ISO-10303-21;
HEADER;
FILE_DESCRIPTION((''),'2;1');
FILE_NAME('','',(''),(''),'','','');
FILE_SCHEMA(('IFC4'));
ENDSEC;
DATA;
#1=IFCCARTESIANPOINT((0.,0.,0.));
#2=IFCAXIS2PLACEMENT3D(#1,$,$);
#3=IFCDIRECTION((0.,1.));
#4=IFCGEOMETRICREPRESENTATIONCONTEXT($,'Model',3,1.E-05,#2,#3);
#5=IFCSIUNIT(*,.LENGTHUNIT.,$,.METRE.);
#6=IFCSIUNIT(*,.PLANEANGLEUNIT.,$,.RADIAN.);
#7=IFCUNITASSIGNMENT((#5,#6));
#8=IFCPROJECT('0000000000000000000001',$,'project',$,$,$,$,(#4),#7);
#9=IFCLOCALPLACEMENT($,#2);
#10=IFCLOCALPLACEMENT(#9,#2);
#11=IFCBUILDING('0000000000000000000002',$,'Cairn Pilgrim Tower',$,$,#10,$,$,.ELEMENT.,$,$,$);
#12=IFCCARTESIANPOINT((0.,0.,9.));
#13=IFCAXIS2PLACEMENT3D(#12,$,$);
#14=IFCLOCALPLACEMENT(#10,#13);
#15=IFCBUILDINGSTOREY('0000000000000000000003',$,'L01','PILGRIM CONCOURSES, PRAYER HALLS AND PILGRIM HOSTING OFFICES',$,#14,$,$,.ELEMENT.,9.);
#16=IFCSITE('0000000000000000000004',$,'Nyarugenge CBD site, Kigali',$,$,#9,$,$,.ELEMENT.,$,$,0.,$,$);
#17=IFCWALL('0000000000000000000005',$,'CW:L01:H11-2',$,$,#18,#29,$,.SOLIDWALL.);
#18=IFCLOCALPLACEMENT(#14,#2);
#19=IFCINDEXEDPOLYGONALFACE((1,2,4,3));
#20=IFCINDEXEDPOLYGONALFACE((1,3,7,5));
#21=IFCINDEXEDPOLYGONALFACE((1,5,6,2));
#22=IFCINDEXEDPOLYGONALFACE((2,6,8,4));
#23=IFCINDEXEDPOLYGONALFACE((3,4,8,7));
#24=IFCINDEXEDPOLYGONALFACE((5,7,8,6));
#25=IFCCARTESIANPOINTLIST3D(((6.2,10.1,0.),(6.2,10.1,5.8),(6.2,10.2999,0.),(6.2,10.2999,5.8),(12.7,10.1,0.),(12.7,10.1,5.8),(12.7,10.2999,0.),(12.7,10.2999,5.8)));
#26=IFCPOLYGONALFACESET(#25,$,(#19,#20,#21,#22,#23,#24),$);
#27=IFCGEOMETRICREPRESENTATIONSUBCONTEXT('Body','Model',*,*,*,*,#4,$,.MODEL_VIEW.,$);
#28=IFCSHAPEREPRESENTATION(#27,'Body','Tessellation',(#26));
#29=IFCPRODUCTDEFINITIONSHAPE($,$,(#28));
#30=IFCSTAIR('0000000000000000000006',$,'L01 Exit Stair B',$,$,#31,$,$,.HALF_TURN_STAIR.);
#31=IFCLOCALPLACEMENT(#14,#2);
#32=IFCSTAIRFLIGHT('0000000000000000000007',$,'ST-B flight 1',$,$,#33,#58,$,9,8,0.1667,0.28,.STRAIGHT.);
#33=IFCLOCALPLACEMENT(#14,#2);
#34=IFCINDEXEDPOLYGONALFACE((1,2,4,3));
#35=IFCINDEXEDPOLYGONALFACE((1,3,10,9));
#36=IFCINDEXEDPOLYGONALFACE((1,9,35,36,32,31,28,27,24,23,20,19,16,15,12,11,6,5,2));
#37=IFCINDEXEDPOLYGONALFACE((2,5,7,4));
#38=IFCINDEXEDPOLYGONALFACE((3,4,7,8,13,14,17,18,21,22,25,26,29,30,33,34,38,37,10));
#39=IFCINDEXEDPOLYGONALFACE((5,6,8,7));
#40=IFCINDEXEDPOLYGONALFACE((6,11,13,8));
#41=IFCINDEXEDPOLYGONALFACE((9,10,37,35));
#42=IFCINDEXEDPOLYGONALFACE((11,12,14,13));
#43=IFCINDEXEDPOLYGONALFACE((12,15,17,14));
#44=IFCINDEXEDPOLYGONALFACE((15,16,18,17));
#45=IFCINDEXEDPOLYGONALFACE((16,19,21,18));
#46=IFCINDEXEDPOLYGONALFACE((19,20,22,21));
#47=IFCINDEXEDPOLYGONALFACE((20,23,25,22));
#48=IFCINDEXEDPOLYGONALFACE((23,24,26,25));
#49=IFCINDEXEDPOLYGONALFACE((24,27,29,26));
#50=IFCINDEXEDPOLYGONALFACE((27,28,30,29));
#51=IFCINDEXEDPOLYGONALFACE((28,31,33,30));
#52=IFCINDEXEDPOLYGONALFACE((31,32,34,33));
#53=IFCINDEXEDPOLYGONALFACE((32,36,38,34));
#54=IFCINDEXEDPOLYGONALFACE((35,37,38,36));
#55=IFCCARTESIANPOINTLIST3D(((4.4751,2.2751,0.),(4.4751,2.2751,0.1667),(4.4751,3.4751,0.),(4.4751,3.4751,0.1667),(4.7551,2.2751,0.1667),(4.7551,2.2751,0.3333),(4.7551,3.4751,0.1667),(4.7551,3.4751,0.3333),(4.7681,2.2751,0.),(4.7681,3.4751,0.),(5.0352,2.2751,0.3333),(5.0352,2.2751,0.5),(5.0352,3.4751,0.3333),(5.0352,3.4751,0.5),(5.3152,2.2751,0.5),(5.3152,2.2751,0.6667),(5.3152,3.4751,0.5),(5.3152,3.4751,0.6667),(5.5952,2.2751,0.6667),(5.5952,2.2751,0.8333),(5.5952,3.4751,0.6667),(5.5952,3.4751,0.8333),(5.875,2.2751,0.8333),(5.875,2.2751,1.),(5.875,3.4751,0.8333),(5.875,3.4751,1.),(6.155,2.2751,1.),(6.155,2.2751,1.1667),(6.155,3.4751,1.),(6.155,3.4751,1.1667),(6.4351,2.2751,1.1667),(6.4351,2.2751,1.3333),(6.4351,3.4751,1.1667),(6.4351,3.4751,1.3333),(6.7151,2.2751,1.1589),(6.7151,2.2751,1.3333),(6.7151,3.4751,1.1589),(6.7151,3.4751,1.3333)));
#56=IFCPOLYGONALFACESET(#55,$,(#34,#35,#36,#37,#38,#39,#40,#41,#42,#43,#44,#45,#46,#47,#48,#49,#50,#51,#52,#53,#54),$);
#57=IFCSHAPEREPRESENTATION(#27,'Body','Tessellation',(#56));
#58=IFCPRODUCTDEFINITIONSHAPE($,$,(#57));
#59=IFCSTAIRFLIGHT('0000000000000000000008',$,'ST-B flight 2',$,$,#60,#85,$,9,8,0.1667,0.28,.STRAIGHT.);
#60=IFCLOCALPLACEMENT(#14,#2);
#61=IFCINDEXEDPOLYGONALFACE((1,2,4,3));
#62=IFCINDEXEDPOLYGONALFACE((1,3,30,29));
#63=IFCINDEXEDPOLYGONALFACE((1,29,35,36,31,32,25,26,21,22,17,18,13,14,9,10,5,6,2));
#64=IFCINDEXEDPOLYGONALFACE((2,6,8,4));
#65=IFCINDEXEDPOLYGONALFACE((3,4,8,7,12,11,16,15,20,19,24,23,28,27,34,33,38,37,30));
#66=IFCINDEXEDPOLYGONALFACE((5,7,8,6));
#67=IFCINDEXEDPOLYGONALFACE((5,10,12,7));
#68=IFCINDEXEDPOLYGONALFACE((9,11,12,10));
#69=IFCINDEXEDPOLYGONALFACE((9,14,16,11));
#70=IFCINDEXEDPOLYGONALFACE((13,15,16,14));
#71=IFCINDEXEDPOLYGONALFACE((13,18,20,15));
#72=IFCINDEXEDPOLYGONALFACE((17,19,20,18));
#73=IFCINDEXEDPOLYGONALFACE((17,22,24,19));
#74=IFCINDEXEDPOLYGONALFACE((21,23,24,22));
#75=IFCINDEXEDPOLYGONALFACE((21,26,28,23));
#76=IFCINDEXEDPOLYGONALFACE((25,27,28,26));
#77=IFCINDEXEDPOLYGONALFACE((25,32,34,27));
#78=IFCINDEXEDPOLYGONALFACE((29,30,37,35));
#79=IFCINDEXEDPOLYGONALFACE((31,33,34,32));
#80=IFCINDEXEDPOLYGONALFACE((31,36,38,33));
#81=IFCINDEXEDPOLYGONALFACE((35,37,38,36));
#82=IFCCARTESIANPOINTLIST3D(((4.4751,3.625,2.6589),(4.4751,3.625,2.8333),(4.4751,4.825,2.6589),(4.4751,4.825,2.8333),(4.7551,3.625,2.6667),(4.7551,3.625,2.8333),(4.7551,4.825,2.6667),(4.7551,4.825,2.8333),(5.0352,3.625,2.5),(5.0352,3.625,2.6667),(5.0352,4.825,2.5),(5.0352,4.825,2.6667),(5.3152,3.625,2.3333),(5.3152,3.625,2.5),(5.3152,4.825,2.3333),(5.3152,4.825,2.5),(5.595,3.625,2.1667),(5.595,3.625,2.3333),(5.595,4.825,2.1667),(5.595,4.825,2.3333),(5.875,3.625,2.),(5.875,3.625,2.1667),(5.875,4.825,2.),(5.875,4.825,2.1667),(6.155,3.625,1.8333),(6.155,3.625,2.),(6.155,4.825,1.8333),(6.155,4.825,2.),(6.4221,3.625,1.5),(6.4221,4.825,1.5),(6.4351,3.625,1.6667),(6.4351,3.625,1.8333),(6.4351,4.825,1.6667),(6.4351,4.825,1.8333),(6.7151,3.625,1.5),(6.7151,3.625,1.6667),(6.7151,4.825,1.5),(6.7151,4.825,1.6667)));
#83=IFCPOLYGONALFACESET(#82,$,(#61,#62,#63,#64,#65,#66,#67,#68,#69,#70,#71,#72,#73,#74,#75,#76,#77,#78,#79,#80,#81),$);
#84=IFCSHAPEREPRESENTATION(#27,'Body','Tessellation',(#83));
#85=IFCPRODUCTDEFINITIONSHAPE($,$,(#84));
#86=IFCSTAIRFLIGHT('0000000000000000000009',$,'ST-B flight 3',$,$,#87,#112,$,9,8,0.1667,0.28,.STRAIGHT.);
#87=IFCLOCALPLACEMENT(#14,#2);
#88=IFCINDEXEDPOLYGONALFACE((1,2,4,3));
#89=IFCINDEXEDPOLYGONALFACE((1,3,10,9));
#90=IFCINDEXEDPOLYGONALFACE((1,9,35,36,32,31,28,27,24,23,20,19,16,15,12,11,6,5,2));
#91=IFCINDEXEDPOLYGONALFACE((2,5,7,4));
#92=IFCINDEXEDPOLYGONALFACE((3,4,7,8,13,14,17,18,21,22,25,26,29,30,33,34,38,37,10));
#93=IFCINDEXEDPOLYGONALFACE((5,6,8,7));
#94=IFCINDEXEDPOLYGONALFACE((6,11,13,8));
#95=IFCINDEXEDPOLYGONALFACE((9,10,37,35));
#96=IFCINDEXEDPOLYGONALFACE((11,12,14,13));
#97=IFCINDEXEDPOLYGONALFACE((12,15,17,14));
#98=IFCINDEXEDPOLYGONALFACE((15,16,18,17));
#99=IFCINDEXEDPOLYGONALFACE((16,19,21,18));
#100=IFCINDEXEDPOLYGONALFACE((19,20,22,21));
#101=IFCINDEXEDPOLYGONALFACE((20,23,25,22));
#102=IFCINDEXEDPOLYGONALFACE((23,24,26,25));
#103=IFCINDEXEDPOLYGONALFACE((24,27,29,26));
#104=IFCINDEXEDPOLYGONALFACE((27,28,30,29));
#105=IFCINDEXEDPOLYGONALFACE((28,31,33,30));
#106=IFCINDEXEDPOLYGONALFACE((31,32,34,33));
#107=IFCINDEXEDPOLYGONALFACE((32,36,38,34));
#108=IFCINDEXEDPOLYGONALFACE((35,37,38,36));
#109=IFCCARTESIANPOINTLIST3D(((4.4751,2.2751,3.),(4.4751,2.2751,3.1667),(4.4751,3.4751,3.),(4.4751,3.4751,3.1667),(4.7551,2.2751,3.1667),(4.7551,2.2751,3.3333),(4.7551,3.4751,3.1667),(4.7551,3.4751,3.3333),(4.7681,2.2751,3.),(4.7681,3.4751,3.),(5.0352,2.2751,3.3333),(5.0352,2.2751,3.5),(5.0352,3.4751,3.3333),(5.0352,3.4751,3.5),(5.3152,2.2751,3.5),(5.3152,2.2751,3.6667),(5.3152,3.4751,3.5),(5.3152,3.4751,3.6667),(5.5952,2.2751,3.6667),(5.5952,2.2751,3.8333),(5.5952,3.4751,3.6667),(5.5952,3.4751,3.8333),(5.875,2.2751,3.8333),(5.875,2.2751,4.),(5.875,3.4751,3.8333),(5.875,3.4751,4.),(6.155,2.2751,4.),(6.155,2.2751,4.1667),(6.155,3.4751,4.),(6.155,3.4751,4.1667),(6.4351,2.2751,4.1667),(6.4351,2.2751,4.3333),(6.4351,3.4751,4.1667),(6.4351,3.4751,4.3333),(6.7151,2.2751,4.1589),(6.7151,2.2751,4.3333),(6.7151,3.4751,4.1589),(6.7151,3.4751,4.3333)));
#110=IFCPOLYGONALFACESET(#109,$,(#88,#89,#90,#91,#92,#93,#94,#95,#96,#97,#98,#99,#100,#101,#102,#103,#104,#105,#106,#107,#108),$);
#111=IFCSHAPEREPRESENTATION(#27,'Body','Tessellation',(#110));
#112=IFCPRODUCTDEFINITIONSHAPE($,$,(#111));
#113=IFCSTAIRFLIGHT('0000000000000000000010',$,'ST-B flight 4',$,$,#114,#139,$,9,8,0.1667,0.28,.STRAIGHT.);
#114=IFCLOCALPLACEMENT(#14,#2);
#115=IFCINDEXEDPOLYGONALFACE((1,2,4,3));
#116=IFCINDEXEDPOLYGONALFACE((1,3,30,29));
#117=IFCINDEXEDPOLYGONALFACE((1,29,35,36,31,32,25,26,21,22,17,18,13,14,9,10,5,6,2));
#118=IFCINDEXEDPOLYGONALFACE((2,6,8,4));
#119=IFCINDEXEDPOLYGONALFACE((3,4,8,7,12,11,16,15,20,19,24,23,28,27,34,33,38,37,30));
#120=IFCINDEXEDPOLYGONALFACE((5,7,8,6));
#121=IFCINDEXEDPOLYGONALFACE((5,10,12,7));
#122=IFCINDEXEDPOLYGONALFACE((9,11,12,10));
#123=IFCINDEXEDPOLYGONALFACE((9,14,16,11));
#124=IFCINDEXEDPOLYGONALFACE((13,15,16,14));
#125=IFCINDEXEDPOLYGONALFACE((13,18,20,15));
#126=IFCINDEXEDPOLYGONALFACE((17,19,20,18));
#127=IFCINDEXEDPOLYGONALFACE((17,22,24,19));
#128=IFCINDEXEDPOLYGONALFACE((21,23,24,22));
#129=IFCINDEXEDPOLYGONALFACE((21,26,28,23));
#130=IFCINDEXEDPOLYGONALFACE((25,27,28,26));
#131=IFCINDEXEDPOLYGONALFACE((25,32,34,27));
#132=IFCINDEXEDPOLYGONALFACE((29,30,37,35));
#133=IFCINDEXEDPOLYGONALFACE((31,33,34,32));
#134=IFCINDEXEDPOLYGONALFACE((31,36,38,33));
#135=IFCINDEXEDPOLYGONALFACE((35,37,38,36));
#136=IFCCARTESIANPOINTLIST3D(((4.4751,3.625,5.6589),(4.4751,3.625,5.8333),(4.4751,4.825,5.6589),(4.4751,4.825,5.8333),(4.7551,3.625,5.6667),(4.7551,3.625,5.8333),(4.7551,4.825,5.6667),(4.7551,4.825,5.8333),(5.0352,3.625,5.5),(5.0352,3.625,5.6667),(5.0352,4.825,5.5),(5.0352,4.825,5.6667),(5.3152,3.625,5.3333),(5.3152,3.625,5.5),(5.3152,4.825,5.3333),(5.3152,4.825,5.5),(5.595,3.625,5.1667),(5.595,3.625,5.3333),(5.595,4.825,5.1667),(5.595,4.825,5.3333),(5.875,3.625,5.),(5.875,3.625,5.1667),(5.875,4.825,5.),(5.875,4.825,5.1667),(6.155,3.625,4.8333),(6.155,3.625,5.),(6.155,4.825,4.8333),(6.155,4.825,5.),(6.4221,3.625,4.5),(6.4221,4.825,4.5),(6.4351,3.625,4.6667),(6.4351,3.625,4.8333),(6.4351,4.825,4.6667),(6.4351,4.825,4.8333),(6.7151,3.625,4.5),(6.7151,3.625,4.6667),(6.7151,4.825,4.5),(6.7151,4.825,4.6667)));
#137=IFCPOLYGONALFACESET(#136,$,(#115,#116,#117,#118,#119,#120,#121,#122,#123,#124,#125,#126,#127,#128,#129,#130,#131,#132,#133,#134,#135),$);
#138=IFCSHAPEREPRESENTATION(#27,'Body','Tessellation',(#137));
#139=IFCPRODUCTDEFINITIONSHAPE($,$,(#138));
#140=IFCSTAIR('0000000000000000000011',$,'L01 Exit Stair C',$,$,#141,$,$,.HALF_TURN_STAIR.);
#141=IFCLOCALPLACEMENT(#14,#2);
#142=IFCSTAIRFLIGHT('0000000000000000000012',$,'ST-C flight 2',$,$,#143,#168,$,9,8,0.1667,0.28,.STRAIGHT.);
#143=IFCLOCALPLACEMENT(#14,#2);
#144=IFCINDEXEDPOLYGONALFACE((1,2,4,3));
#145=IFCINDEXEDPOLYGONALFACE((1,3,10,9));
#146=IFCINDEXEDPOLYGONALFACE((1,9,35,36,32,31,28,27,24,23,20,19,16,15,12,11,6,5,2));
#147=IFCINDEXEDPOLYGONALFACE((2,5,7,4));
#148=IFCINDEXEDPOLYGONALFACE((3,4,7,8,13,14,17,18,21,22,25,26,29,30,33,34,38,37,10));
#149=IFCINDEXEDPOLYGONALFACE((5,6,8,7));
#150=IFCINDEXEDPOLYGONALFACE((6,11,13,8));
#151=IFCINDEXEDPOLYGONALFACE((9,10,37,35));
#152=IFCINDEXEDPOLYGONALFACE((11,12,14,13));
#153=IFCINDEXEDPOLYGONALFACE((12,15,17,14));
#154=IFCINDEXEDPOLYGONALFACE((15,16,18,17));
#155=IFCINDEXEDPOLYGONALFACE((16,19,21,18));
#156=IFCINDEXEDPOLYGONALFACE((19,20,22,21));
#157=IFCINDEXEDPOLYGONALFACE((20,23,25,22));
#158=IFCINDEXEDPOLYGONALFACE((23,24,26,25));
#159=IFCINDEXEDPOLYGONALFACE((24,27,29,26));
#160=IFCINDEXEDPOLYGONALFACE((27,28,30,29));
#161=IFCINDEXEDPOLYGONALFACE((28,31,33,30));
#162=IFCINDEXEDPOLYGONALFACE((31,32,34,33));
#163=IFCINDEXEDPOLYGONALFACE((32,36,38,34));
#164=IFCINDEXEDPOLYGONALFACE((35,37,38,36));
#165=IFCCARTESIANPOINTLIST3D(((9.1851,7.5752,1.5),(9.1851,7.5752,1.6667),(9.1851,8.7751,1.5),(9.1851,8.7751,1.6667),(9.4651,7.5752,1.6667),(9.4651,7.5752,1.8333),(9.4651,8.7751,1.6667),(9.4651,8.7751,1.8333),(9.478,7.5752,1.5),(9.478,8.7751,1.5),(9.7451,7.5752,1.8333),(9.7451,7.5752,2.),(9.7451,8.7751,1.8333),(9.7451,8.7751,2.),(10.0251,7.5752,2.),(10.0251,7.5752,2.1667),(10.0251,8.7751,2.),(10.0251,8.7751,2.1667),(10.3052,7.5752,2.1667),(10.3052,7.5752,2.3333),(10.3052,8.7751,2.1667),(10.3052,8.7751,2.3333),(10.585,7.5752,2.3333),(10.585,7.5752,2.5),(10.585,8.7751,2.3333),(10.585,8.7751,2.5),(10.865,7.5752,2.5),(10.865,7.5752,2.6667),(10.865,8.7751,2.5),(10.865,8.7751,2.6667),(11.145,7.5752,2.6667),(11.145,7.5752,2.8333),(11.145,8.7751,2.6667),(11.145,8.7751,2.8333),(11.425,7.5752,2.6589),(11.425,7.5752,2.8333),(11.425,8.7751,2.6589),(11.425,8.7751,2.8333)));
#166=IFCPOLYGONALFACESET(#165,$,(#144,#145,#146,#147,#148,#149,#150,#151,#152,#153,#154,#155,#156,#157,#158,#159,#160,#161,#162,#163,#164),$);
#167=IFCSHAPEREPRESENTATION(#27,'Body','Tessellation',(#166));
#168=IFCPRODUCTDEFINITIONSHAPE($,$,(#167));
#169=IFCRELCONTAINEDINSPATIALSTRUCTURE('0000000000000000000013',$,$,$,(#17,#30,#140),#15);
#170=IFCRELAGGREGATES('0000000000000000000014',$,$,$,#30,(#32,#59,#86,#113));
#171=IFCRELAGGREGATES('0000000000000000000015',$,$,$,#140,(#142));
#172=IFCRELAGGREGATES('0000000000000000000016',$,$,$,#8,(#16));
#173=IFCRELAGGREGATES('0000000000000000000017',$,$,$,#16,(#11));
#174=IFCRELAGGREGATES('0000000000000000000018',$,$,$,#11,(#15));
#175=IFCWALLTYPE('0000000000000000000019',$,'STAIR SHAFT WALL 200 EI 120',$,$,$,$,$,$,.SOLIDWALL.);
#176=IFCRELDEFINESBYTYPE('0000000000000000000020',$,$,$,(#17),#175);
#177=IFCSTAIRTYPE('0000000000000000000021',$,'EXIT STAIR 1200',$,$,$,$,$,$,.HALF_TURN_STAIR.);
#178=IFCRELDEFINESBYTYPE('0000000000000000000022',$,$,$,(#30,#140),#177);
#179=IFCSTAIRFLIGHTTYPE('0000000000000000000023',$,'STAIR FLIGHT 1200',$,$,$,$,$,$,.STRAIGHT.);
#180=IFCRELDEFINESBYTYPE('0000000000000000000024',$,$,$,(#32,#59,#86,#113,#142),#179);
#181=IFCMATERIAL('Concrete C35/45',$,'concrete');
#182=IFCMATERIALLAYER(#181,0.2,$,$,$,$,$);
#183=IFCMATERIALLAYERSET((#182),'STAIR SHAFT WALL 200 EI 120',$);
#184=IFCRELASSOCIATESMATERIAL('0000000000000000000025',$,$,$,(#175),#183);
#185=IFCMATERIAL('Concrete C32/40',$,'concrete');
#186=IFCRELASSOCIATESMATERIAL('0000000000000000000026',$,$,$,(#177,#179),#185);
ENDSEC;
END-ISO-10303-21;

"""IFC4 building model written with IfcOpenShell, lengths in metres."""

from ifc_helpers import new_model, si_unit, direction, frame, frame_2d, origin, place, context, subcontext, project, spatial, polyline, rectangle, outline, extrude, material, layer, layer_set, type_object, element, aggregate, save


model = new_model("IFC4")

# Units and contexts
model_context = context("Model", 3, precision=1e-05, world=origin(), true_north=direction((0.0, 1.0)))
body_context = subcontext(model_context, "Body", "Model", "MODEL_VIEW")
ifc_project = project(units=[si_unit("LENGTHUNIT", "METRE"), si_unit("PLANEANGLEUNIT", "RADIAN")], contexts=[model_context])

# Site, building, storey
site_placement = place(None, origin())
site = spatial("IfcSite", under=ifc_project, at=site_placement, Name="Nyarugenge CBD site, Kigali", CompositionType="ELEMENT", RefElevation=0.0)
building_placement = place(site_placement, origin())
building = spatial("IfcBuilding", under=site, at=building_placement, Name="Cairn Pilgrim Tower", CompositionType="ELEMENT")
storey_placement = place(building_placement, frame((0.0, 0.0, 9.0)))
storey = spatial("IfcBuildingStorey", under=building, at=storey_placement, Name="L01", Description="PILGRIM CONCOURSES, PRAYER HALLS AND PILGRIM HOSTING OFFICES", CompositionType="ELEMENT", Elevation=9.0)

# Shared definitions
ifc_material_1 = material(Name="Concrete C32/40", Category="concrete")

# Shared definitions
ifc_material_2 = material(Name="Concrete C35/45", Category="concrete")

# Wall
ifc_layer_1 = layer(ifc_material_2, 0.2)
ifc_layer_set_1 = layer_set([ifc_layer_1], Name="STAIR SHAFT WALL 200 EI 120")
wall_type_1 = type_object("IfcWallType", Name="STAIR SHAFT WALL 200 EI 120", PredefinedType="SOLIDWALL", material=ifc_layer_set_1)
wall_1_placement = place(storey_placement, frame((6.2, 10.2, 0.0), z_axis=(0.0, 0.0, 1.0), x_axis=(1.0, 0.0, 0.0)))
element("IfcWall", 1, at=wall_1_placement, inside=storey, type_object=wall_type_1, Name="CW:L01:H11-2", PredefinedType="SOLIDWALL", context=body_context, shape_type="SweptSolid", body=[
    extrude(rectangle(XDim=6.5, YDim=0.2, at=frame_2d((3.25, 0.0))), origin(), (0.0, 0.0, 1.0), 5.8),
])

# Stairs, stair flights
stair_type = type_object("IfcStairType", Name="EXIT STAIR 1200", PredefinedType="HALF_TURN_STAIR", material=ifc_material_1)
stair_1_placement = place(storey_placement, origin())
stair_1 = element("IfcStair", 2, at=stair_1_placement, inside=storey, type_object=stair_type, Name="L01 Exit Stair B", PredefinedType="HALF_TURN_STAIR")
stair_flight_type = type_object("IfcStairFlightType", Name="STAIR FLIGHT 1200", PredefinedType="STRAIGHT", material=ifc_material_1)
stair_flight_1_placement = place(storey_placement, frame((4.4751, 2.875, 0.0), z_axis=(0.0, 0.0, 1.0), x_axis=(1.0, 0.0, 0.0)))
stair_flight_1 = element("IfcStairFlight", 3, at=stair_flight_1_placement, type_object=stair_flight_type, Name="ST-B flight 1", NumberOfRisers=9, NumberOfTreads=8, PredefinedType="STRAIGHT", RiserHeight=0.1667, TreadLength=0.28, context=body_context, shape_type="SweptSolid", body=[
    extrude(outline(polyline([(0.0, 0.0), (0.0, 0.1667), (0.28, 0.1667), (0.28, 0.3333), (0.5601, 0.3333), (0.5601, 0.5), (0.8401, 0.5), (0.8401, 0.6667), (1.1201, 0.6667), (1.1201, 0.8333), (1.3999, 0.8333), (1.3999, 1.0), (1.6799, 1.0), (1.6799, 1.1667), (1.96, 1.1667), (1.96, 1.3333), (2.24, 1.3333), (2.24, 1.5), (2.24, 1.1589), (0.293, 0.0), (0.0, 0.0)])), frame((0.0, 0.6001, 0.0), z_axis=(0.0, -1.0, 0.0), x_axis=(1.0, 0.0, 0.0)), (0.0, 0.0, 1.0), 1.2),
])
stair_flight_2_placement = place(storey_placement, frame((6.7151, 4.2251, 1.5), z_axis=(0.0, 0.0, 1.0), x_axis=(-1.0, 0.0, 0.0)))
stair_flight_2 = element("IfcStairFlight", 4, at=stair_flight_2_placement, type_object=stair_flight_type, Name="ST-B flight 2", NumberOfRisers=9, NumberOfTreads=8, PredefinedType="STRAIGHT", RiserHeight=0.1667, TreadLength=0.28, context=body_context, shape_type="SweptSolid", body=[
    extrude(outline(polyline([(0.0, 0.0), (0.0, 0.1667), (0.28, 0.1667), (0.28, 0.3333), (0.5601, 0.3333), (0.5601, 0.5), (0.8401, 0.5), (0.8401, 0.6667), (1.1201, 0.6667), (1.1201, 0.8333), (1.3999, 0.8333), (1.3999, 1.0), (1.6799, 1.0), (1.6799, 1.1667), (1.96, 1.1667), (1.96, 1.3333), (2.24, 1.3333), (2.24, 1.5), (2.24, 1.1589), (0.293, 0.0), (0.0, 0.0)])), frame((0.0, 0.6001, 0.0), z_axis=(0.0, -1.0, 0.0), x_axis=(1.0, 0.0, 0.0)), (0.0, 0.0, 1.0), 1.2),
])
stair_flight_3_placement = place(storey_placement, frame((4.4751, 2.875, 3.0), z_axis=(0.0, 0.0, 1.0), x_axis=(1.0, 0.0, 0.0)))
stair_flight_3 = element("IfcStairFlight", 5, at=stair_flight_3_placement, type_object=stair_flight_type, Name="ST-B flight 3", NumberOfRisers=9, NumberOfTreads=8, PredefinedType="STRAIGHT", RiserHeight=0.1667, TreadLength=0.28, context=body_context, shape_type="SweptSolid", body=[
    extrude(outline(polyline([(0.0, 0.0), (0.0, 0.1667), (0.28, 0.1667), (0.28, 0.3333), (0.5601, 0.3333), (0.5601, 0.5), (0.8401, 0.5), (0.8401, 0.6667), (1.1201, 0.6667), (1.1201, 0.8333), (1.3999, 0.8333), (1.3999, 1.0), (1.6799, 1.0), (1.6799, 1.1667), (1.96, 1.1667), (1.96, 1.3333), (2.24, 1.3333), (2.24, 1.5), (2.24, 1.1589), (0.293, 0.0), (0.0, 0.0)])), frame((0.0, 0.6001, 0.0), z_axis=(0.0, -1.0, 0.0), x_axis=(1.0, 0.0, 0.0)), (0.0, 0.0, 1.0), 1.2),
])
stair_flight_4_placement = place(storey_placement, frame((6.7151, 4.2251, 4.5), z_axis=(0.0, 0.0, 1.0), x_axis=(-1.0, 0.0, 0.0)))
stair_flight_4 = element("IfcStairFlight", 6, at=stair_flight_4_placement, type_object=stair_flight_type, Name="ST-B flight 4", NumberOfRisers=9, NumberOfTreads=8, PredefinedType="STRAIGHT", RiserHeight=0.1667, TreadLength=0.28, context=body_context, shape_type="SweptSolid", body=[
    extrude(outline(polyline([(0.0, 0.0), (0.0, 0.1667), (0.28, 0.1667), (0.28, 0.3333), (0.5601, 0.3333), (0.5601, 0.5), (0.8401, 0.5), (0.8401, 0.6667), (1.1201, 0.6667), (1.1201, 0.8333), (1.3999, 0.8333), (1.3999, 1.0), (1.6799, 1.0), (1.6799, 1.1667), (1.96, 1.1667), (1.96, 1.3333), (2.24, 1.3333), (2.24, 1.5), (2.24, 1.1589), (0.293, 0.0), (0.0, 0.0)])), frame((0.0, 0.6001, 0.0), z_axis=(0.0, -1.0, 0.0), x_axis=(1.0, 0.0, 0.0)), (0.0, 0.0, 1.0), 1.2),
])
aggregate(stair_1, [stair_flight_1, stair_flight_2, stair_flight_3, stair_flight_4])
stair_2_placement = place(storey_placement, origin())
stair_2 = element("IfcStair", 7, at=stair_2_placement, inside=storey, type_object=stair_type, Name="L01 Exit Stair C", PredefinedType="HALF_TURN_STAIR")
stair_flight_5_placement = place(storey_placement, frame((9.1851, 8.175, 1.5), z_axis=(0.0, 0.0, 1.0), x_axis=(1.0, 0.0, 0.0)))
stair_flight_5 = element("IfcStairFlight", 8, at=stair_flight_5_placement, type_object=stair_flight_type, Name="ST-C flight 2", NumberOfRisers=9, NumberOfTreads=8, PredefinedType="STRAIGHT", RiserHeight=0.1667, TreadLength=0.28, context=body_context, shape_type="SweptSolid", body=[
    extrude(outline(polyline([(0.0, 0.0), (0.0, 0.1667), (0.28, 0.1667), (0.28, 0.3333), (0.5601, 0.3333), (0.5601, 0.5), (0.8401, 0.5), (0.8401, 0.6667), (1.1201, 0.6667), (1.1201, 0.8333), (1.3999, 0.8333), (1.3999, 1.0), (1.6799, 1.0), (1.6799, 1.1667), (1.96, 1.1667), (1.96, 1.3333), (2.24, 1.3333), (2.24, 1.5), (2.24, 1.1589), (0.293, 0.0), (0.0, 0.0)])), frame((0.0, 0.6001, 0.0), z_axis=(0.0, -1.0, 0.0), x_axis=(1.0, 0.0, 0.0)), (0.0, 0.0, 1.0), 1.2),
])
aggregate(stair_2, [stair_flight_5])

save(model, "model.ifc")
